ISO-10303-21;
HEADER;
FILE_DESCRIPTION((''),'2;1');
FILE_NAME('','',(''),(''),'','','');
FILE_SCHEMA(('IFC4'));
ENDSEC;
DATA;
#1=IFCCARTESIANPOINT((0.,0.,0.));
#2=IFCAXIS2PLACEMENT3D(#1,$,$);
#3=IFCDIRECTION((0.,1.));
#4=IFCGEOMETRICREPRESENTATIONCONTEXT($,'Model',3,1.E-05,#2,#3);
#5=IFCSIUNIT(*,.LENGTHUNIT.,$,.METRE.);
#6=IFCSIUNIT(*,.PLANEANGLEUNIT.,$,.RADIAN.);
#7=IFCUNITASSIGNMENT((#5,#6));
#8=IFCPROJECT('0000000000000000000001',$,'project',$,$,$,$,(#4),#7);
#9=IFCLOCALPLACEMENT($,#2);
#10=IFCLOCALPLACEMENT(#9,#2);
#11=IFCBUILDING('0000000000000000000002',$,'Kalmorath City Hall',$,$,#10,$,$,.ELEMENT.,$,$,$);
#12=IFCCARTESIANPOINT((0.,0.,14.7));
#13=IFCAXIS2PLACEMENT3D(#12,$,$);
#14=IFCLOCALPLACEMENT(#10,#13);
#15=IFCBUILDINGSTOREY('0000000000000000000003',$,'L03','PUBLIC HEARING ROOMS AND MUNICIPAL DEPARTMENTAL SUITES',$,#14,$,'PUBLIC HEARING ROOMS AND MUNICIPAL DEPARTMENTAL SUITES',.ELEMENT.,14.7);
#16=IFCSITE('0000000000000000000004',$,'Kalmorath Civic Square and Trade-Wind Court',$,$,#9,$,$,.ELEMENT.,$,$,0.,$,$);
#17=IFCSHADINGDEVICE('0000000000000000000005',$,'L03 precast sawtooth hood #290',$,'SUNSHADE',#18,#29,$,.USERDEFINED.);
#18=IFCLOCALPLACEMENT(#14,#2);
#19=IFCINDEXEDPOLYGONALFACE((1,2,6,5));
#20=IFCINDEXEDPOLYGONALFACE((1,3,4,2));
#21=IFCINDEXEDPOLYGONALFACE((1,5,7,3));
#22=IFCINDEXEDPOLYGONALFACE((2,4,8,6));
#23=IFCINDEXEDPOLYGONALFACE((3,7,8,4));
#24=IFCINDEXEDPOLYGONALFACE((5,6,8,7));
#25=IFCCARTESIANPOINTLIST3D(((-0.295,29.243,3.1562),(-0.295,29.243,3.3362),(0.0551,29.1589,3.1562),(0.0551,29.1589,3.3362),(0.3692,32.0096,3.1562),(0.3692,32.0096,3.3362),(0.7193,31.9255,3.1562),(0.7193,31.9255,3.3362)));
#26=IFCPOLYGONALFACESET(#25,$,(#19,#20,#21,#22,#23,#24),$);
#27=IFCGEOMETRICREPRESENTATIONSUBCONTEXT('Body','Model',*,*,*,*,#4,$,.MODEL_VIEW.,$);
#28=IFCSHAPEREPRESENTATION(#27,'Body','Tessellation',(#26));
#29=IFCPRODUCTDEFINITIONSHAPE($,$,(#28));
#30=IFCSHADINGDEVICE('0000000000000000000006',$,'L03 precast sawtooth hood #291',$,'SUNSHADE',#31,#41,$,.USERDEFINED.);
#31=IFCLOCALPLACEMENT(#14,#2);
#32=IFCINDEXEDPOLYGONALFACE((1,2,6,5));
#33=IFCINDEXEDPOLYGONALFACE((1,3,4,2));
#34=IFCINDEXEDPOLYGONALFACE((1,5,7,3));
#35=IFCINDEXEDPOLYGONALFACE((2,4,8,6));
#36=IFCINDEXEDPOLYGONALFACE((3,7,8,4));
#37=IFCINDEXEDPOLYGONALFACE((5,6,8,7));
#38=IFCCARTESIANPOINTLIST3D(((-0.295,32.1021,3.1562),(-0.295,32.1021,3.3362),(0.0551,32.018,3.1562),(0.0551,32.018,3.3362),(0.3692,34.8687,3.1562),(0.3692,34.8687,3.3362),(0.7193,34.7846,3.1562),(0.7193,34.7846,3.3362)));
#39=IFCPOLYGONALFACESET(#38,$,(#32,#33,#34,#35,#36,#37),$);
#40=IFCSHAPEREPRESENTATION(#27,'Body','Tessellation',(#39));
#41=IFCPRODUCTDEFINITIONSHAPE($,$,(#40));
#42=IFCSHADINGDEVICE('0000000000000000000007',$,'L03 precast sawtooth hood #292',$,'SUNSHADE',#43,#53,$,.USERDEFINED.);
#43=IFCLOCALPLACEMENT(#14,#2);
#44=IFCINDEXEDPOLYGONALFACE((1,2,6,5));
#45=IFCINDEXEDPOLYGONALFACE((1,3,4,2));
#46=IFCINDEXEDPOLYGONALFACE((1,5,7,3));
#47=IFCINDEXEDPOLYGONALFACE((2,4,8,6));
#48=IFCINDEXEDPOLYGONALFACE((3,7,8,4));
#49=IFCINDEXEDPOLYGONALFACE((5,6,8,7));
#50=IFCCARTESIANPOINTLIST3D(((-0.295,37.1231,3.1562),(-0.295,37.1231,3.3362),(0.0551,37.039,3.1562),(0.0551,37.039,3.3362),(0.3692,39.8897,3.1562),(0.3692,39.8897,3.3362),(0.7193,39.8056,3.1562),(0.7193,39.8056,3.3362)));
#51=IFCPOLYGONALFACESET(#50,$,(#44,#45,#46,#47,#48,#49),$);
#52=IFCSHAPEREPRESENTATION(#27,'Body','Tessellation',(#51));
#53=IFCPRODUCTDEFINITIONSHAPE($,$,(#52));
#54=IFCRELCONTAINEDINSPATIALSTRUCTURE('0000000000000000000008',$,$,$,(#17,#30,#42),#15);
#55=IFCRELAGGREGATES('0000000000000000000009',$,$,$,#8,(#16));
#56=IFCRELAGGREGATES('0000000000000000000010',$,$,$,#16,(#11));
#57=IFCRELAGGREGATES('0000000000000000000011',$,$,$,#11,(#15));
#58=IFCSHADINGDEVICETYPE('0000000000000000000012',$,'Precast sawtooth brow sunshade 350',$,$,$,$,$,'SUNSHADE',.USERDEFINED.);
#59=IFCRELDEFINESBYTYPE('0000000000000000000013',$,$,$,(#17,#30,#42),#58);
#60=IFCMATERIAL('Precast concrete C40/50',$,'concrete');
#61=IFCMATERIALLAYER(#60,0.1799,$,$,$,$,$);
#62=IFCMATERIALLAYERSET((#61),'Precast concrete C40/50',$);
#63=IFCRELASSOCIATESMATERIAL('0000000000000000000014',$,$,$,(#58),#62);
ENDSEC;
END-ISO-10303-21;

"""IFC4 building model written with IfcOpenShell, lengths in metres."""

from ifc_helpers import new_model, si_unit, direction, frame, origin, origin_2d, place, context, subcontext, project, spatial, rectangle, extrude, material, layer, layer_set, type_object, element, save


model = new_model("IFC4")

# Units and contexts
model_context = context("Model", 3, precision=1e-05, world=origin(), true_north=direction((0.0, 1.0)))
body_context = subcontext(model_context, "Body", "Model", "MODEL_VIEW")
ifc_project = project(units=[si_unit("LENGTHUNIT", "METRE"), si_unit("PLANEANGLEUNIT", "RADIAN")], contexts=[model_context])

# Site, building, storey
site_placement = place(None, origin())
site = spatial("IfcSite", under=ifc_project, at=site_placement, Name="Kalmorath Civic Square and Trade-Wind Court", CompositionType="ELEMENT", RefElevation=0.0)
building_placement = place(site_placement, origin())
building = spatial("IfcBuilding", under=site, at=building_placement, Name="Kalmorath City Hall", CompositionType="ELEMENT")
storey_placement = place(building_placement, frame((0.0, 0.0, 14.7)))
storey = spatial("IfcBuildingStorey", under=building, at=storey_placement, Name="L03", Description="PUBLIC HEARING ROOMS AND MUNICIPAL DEPARTMENTAL SUITES", LongName="PUBLIC HEARING ROOMS AND MUNICIPAL DEPARTMENTAL SUITES", CompositionType="ELEMENT", Elevation=14.7)

# Shading devices
ifc_material_1 = material(Name="Precast concrete C40/50", Category="concrete")
ifc_layer_1 = layer(ifc_material_1, 0.1799)
ifc_layer_set_1 = layer_set([ifc_layer_1], Name="Precast concrete C40/50")
shading_device_type = type_object("IfcShadingDeviceType", Name="Precast sawtooth brow sunshade 350", ElementType="SUNSHADE", PredefinedType="USERDEFINED", material=ifc_layer_set_1)
for number, where, z_axis, x_axis, name in (
    (1, (0.2122, 30.5842, 3.1562), (0.0, 0.0, 1.0), (0.233445, 0.97237, 0.0), "L03 precast sawtooth hood #290"),
    (2, (0.2122, 33.4434, 3.1562), (0.0, 0.0, 1.0), (0.233445, 0.97237, 0.0), "L03 precast sawtooth hood #291"),
    (3, (0.2122, 38.4644, 3.1562), (0.0, 0.0, 1.0), (0.233445, 0.97237, 0.0), "L03 precast sawtooth hood #292"),
):
    element("IfcShadingDevice", number, at=place(storey_placement, frame(where, z_axis=z_axis, x_axis=x_axis)), inside=storey, type_object=shading_device_type, Name=name, ObjectType="SUNSHADE", PredefinedType="USERDEFINED", context=body_context, shape_type="SweptSolid", body=[
        extrude(rectangle(XDim=2.8452, YDim=0.3601, at=origin_2d()), origin(), (0.0, 0.0, 1.0), 0.1799),
    ])

save(model, "model.ifc")
